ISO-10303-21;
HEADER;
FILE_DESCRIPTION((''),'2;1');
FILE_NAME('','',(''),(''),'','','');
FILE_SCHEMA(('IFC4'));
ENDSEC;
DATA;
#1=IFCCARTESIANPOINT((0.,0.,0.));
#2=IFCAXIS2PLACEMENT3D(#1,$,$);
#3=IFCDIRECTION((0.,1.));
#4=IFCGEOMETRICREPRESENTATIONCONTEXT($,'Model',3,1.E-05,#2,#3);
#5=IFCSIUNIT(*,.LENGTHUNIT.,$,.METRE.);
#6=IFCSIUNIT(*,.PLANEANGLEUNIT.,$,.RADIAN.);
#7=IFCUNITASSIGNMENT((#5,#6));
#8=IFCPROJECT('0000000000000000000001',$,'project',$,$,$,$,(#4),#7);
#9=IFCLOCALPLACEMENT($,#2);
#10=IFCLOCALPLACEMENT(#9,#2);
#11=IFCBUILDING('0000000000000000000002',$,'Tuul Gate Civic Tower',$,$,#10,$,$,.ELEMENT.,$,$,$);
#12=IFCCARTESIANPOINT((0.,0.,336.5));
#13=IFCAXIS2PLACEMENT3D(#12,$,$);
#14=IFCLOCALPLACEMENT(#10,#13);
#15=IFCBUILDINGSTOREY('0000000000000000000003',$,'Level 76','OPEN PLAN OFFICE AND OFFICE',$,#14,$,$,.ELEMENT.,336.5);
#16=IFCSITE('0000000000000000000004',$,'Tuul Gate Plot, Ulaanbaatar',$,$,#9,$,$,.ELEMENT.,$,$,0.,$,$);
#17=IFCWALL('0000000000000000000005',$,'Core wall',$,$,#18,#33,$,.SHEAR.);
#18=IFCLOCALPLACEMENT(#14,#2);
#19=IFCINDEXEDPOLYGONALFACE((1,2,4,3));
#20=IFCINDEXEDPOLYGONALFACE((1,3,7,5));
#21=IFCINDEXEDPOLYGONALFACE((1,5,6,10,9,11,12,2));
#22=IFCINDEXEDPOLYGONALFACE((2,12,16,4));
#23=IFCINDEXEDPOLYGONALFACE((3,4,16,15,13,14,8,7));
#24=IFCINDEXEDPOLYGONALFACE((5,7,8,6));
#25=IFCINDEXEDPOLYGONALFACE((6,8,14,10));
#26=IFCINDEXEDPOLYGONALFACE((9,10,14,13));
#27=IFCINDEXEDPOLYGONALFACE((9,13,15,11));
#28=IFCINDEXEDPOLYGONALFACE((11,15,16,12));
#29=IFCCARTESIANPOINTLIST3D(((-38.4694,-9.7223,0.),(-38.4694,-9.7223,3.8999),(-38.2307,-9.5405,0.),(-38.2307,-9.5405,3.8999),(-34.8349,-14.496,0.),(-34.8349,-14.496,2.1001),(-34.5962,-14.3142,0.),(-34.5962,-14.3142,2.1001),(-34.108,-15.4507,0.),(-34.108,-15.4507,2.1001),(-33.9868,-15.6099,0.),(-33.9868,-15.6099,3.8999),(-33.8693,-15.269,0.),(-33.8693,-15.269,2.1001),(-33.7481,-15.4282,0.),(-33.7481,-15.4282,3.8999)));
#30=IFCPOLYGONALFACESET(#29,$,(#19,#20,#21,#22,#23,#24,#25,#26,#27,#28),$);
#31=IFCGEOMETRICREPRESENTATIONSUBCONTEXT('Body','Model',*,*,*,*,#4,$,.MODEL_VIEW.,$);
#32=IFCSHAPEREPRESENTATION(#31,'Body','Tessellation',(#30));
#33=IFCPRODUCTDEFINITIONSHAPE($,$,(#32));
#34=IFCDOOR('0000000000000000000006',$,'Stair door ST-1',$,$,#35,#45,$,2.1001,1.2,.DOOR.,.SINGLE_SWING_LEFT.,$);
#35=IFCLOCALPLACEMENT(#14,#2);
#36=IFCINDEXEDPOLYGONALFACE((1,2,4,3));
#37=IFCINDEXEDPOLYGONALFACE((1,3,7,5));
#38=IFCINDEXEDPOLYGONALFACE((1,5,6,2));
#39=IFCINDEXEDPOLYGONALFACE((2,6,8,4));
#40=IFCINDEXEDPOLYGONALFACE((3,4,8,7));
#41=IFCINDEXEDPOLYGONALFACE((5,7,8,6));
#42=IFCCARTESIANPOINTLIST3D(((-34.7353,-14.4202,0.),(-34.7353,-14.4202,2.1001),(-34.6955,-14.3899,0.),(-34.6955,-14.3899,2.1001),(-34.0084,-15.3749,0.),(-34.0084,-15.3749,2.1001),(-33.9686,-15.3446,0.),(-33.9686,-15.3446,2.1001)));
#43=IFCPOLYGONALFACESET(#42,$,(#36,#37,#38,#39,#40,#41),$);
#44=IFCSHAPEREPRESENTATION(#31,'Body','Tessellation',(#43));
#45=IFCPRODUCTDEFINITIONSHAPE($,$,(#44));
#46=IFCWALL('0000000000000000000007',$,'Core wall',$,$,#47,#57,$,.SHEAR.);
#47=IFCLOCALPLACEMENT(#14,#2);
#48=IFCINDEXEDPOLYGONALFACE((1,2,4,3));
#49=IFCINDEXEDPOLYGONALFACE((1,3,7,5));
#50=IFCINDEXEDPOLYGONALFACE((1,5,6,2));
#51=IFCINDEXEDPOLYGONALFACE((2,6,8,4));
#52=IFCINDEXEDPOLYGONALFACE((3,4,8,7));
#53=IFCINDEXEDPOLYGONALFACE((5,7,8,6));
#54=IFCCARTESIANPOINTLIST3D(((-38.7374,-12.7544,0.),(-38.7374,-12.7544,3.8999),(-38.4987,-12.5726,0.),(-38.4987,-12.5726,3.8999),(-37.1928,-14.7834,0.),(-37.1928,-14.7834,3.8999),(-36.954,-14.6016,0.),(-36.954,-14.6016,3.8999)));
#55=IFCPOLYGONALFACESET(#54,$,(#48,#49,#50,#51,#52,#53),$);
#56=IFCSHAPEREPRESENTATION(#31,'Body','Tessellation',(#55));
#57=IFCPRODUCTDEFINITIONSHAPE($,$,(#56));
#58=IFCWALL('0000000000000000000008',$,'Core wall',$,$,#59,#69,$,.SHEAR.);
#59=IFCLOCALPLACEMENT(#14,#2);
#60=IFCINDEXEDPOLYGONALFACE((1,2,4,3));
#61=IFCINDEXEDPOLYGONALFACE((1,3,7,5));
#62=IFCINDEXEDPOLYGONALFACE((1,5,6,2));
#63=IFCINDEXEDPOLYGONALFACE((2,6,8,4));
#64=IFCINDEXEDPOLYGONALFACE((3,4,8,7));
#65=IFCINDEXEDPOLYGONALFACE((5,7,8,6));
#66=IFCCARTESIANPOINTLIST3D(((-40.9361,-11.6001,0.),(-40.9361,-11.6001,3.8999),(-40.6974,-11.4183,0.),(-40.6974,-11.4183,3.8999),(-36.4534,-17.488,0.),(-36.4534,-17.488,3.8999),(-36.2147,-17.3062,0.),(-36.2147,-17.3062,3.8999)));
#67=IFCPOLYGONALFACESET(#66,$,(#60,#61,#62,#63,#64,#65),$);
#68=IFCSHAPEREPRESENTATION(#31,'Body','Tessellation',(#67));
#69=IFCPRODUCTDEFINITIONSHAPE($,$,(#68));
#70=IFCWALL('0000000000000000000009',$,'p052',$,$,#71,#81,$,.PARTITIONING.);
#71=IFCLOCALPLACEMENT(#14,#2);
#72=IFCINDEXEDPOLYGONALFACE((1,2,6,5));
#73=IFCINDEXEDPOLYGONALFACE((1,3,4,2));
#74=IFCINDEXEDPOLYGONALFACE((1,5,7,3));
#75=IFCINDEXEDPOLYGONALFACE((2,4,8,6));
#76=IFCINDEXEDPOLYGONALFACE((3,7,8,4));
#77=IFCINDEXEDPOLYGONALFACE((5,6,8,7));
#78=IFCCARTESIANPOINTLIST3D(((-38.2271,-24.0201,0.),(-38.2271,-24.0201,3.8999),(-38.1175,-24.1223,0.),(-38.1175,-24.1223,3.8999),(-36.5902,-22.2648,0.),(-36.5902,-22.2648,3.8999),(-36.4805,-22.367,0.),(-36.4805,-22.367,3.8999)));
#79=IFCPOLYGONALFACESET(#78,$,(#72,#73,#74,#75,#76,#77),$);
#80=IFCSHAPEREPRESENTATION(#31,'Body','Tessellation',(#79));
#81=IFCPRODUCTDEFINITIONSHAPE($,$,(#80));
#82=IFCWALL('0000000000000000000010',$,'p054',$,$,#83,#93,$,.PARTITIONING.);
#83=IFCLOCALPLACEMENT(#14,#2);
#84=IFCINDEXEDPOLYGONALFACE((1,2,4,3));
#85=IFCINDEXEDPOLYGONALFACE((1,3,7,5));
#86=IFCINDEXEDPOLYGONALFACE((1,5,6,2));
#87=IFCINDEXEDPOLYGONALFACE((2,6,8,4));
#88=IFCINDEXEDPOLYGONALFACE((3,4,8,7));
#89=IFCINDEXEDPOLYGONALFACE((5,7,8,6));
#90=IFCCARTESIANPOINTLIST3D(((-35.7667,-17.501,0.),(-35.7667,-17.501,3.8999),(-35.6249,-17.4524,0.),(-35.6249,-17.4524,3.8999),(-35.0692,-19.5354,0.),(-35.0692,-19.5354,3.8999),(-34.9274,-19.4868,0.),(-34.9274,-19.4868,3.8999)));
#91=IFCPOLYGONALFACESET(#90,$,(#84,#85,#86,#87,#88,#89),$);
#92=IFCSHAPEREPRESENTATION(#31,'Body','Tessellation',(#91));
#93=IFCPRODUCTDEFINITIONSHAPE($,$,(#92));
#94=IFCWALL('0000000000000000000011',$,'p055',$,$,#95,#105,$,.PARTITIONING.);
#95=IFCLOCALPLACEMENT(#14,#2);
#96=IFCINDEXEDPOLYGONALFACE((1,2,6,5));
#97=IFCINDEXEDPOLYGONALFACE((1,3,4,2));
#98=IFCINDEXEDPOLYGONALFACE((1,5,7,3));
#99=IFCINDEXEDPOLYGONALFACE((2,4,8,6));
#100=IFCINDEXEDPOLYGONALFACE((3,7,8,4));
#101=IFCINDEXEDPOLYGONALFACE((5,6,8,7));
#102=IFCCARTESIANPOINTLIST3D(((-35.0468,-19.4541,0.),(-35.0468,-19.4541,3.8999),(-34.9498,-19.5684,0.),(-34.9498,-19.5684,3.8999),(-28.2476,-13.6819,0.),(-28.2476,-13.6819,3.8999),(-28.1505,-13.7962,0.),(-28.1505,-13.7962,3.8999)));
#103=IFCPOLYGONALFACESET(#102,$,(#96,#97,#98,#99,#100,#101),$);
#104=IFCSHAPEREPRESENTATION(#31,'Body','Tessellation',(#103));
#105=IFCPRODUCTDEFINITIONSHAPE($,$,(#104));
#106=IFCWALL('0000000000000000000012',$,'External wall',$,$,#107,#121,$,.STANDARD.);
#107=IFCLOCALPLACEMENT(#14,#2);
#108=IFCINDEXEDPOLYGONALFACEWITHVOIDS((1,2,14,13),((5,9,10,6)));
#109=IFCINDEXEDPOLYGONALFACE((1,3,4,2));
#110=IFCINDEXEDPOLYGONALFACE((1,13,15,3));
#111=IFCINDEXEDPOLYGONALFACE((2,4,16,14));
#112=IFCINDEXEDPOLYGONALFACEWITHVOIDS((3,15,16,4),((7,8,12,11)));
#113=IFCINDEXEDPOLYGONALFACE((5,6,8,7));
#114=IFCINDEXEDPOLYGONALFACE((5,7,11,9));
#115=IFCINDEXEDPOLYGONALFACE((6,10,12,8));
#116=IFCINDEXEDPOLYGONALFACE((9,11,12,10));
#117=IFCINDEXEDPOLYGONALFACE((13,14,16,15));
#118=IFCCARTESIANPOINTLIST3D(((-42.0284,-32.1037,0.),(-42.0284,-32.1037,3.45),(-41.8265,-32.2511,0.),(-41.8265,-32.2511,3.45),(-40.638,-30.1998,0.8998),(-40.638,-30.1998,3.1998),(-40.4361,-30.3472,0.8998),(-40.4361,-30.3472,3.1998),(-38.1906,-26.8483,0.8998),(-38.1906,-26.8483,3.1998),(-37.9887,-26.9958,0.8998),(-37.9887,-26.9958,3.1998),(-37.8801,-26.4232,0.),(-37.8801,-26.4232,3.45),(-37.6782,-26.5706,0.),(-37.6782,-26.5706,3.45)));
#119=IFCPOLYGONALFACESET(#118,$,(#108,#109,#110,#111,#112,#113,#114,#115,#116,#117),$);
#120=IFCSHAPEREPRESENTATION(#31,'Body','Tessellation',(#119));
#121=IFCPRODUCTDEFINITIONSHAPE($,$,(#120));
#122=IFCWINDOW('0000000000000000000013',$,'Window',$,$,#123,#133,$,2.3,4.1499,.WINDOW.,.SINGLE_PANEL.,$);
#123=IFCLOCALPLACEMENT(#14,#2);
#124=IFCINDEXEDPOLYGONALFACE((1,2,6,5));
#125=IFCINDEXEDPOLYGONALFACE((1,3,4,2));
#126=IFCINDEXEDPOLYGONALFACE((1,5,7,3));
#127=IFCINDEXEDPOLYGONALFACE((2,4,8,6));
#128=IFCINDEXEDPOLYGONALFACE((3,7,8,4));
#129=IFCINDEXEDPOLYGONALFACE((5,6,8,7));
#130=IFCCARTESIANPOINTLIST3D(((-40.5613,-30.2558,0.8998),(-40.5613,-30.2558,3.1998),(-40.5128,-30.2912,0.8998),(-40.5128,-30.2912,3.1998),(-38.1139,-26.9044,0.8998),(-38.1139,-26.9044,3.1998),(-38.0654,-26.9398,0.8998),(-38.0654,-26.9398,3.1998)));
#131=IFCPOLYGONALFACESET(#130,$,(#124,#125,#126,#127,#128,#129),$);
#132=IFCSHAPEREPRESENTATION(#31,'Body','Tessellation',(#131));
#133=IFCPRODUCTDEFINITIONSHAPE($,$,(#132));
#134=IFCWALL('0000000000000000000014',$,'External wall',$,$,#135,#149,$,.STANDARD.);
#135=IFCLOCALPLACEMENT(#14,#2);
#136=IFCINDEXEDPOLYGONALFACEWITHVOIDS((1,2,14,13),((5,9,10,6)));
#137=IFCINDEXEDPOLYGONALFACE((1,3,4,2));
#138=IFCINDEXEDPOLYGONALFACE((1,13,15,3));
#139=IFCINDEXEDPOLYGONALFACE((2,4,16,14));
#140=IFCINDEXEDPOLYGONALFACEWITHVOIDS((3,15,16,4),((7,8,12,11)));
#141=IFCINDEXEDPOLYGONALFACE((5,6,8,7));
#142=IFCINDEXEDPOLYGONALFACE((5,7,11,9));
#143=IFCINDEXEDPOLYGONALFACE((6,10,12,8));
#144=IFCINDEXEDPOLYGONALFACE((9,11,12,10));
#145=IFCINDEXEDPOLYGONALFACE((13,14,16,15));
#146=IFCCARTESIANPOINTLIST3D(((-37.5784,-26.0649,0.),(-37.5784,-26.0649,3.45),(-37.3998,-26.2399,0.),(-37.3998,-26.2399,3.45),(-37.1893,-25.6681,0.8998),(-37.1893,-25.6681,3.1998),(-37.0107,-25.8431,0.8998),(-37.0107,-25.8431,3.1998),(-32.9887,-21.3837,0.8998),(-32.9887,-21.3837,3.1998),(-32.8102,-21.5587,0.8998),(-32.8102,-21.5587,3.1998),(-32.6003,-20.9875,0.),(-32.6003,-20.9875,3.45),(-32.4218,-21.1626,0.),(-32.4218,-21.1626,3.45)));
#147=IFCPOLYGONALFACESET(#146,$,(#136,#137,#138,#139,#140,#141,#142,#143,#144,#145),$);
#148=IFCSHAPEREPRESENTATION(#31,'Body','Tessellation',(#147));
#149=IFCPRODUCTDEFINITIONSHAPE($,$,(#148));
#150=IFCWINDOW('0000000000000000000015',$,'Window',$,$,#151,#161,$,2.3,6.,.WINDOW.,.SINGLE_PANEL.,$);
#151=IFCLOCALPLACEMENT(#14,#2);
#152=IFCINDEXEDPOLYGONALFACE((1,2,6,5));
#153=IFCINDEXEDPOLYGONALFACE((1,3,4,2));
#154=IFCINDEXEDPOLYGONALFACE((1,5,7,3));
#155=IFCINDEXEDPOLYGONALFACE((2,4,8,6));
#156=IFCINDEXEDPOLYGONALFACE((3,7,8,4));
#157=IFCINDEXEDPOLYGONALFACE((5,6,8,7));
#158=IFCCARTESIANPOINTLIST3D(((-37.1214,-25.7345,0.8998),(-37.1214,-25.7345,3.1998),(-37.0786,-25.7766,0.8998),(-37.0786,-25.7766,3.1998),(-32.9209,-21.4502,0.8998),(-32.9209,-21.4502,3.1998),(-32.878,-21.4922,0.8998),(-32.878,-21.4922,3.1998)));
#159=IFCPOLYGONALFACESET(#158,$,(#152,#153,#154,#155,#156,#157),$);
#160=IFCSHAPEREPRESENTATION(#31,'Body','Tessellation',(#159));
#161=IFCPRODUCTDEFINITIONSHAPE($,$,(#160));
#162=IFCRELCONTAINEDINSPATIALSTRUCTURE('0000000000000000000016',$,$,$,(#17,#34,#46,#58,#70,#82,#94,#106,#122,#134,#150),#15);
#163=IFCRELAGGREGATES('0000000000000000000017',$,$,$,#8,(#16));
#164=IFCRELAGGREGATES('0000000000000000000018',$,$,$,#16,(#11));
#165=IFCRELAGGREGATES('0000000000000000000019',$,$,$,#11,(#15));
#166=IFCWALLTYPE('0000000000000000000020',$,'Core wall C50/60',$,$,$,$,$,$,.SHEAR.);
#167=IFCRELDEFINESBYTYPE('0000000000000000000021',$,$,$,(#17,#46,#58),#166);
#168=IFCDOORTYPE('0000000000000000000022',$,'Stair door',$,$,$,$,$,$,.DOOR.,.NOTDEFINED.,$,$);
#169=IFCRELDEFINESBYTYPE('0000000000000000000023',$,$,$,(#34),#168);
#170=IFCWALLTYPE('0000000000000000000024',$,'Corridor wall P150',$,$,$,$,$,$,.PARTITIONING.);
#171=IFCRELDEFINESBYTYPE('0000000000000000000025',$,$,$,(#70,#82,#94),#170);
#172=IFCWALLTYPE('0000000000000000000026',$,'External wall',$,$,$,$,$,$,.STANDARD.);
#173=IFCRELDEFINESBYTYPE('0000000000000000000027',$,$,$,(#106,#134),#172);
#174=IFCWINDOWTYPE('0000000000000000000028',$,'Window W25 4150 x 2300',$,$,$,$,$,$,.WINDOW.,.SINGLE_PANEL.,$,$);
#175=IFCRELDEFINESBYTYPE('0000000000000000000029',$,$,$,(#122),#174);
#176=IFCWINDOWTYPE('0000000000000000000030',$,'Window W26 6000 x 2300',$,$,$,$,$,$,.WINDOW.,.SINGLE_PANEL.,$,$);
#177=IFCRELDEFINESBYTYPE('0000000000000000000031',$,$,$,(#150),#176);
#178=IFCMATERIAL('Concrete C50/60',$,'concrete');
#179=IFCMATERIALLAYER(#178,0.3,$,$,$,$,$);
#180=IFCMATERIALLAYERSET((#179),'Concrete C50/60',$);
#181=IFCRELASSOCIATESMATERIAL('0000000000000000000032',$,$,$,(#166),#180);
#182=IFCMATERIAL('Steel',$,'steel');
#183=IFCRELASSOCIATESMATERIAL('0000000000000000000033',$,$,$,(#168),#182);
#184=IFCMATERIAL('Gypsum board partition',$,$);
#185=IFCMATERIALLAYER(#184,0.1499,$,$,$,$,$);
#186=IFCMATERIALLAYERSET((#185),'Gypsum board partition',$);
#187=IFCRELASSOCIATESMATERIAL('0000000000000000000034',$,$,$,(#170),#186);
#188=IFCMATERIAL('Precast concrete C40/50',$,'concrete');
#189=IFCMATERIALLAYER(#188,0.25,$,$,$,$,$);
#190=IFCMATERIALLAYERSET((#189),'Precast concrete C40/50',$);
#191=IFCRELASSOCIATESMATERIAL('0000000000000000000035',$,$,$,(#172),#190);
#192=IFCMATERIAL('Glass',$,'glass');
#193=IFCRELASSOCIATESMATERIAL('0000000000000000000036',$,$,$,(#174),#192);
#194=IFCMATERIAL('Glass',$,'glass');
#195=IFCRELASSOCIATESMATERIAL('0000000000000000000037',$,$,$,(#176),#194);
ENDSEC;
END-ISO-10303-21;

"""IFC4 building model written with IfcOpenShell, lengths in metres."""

from ifc_helpers import new_model, si_unit, direction, frame, frame_2d, origin, place, context, subcontext, project, spatial, rectangle, extrude, material, layer, layer_set, type_object, element, fill, save


model = new_model("IFC4")

# Units and contexts
model_context = context("Model", 3, precision=1e-05, world=origin(), true_north=direction((0.0, 1.0)))
body_context = subcontext(model_context, "Body", "Model", "MODEL_VIEW")
ifc_project = project(units=[si_unit("LENGTHUNIT", "METRE"), si_unit("PLANEANGLEUNIT", "RADIAN")], contexts=[model_context])

# Site, building, storey
site_placement = place(None, origin())
site = spatial("IfcSite", under=ifc_project, at=site_placement, Name="Tuul Gate Plot, Ulaanbaatar", CompositionType="ELEMENT", RefElevation=0.0)
building_placement = place(site_placement, origin())
building = spatial("IfcBuilding", under=site, at=building_placement, Name="Tuul Gate Civic Tower", CompositionType="ELEMENT")
storey_placement = place(building_placement, frame((0.0, 0.0, 336.5)))
storey = spatial("IfcBuildingStorey", under=building, at=storey_placement, Name="Level 76", Description="OPEN PLAN OFFICE AND OFFICE", CompositionType="ELEMENT", Elevation=336.5)

# Wall, opening, door
ifc_material_1 = material(Name="Concrete C50/60", Category="concrete")
ifc_layer_1 = layer(ifc_material_1, 0.3)
ifc_layer_set_1 = layer_set([ifc_layer_1], Name="Concrete C50/60")
wall_type_1 = type_object("IfcWallType", Name="Core wall C50/60", PredefinedType="SHEAR", material=ifc_layer_set_1)
wall_1_placement = place(storey_placement, frame((-33.8674, -15.519, 0.0), z_axis=(0.0, 0.0, 1.0), x_axis=(-0.60577, 0.79564, 0.0)))
wall_1 = element("IfcWall", 1, at=wall_1_placement, inside=storey, type_object=wall_type_1, Name="Core wall", PredefinedType="SHEAR", context=body_context, shape_type="SweptSolid", body=[
    extrude(rectangle(XDim=7.3999, YDim=0.3, at=frame_2d((3.7, 0.0))), origin(), (0.0, 0.0, 1.0), 3.8999),
])
opening_1_placement = place(wall_1_placement, frame((0.2, 0.0, 0.0)))
opening_1 = element("IfcOpeningElement", 2, at=opening_1_placement, cuts=wall_1, PredefinedType="OPENING", context=body_context, shape_type="SweptSolid", body=[
    extrude(rectangle(XDim=1.2, YDim=2.1001, at=frame_2d((0.6001, 1.05))), frame((0.0, 0.1602, 0.0), z_axis=(0.0, -1.0, 0.0), x_axis=(1.0, 0.0, 0.0)), (0.0, 0.0, 1.0), 0.3201),
])
ifc_material_2 = material(Name="Steel", Category="steel")
door_type = type_object("IfcDoorType", Name="Stair door", OperationType="NOTDEFINED", PredefinedType="DOOR", material=ifc_material_2)
door_placement = place(opening_1_placement, origin())
door = element("IfcDoor", 3, at=door_placement, inside=storey, type_object=door_type, Name="Stair door ST-1", OperationType="SINGLE_SWING_LEFT", OverallHeight=2.1001, OverallWidth=1.2, PredefinedType="DOOR", context=body_context, shape_type="SweptSolid", body=[
    extrude(rectangle(XDim=1.2, YDim=2.1001, at=frame_2d((0.6001, 1.05))), frame((0.0, 0.0249, 0.0), z_axis=(0.0, -1.0, 0.0), x_axis=(1.0, 0.0, 0.0)), (0.0, 0.0, 1.0), 0.05),
])
fill(opening_1, door)

# Walls
wall_2_placement = place(storey_placement, frame((-37.0735, -14.6924, 0.0), z_axis=(0.0, 0.0, 1.0), x_axis=(-0.605729, 0.795671, 0.0)))
element("IfcWall", 4, at=wall_2_placement, inside=storey, type_object=wall_type_1, Name="Core wall", PredefinedType="SHEAR", context=body_context, shape_type="SweptSolid", body=[
    extrude(rectangle(XDim=2.55, YDim=0.3, at=frame_2d((1.2749, 0.0))), origin(), (0.0, 0.0, 1.0), 3.8999),
])
wall_3_placement = place(storey_placement, frame((-36.334, -17.3972, 0.0), z_axis=(0.0, 0.0, 1.0), x_axis=(-0.605754, 0.795652, 0.0)))
element("IfcWall", 5, at=wall_3_placement, inside=storey, type_object=wall_type_1, Name="Core wall", PredefinedType="SHEAR", context=body_context, shape_type="SweptSolid", body=[
    extrude(rectangle(XDim=7.4001, YDim=0.3, at=frame_2d((3.7002, 0.0))), origin(), (0.0, 0.0, 1.0), 3.8999),
])
ifc_material_3 = material(Name="Gypsum board partition")
ifc_layer_2 = layer(ifc_material_3, 0.1499)
ifc_layer_set_2 = layer_set([ifc_layer_2], Name="Gypsum board partition")
wall_type_2 = type_object("IfcWallType", Name="Corridor wall P150", PredefinedType="PARTITIONING", material=ifc_layer_set_2)
wall_4_placement = place(storey_placement, frame((-38.1724, -24.0713, 0.0), z_axis=(0.0, 0.0, 1.0), x_axis=(0.68201, 0.731343, 0.0)))
element("IfcWall", 6, at=wall_4_placement, inside=storey, type_object=wall_type_2, Name="p052", PredefinedType="PARTITIONING", context=body_context, shape_type="SweptSolid", body=[
    extrude(rectangle(XDim=2.4001, YDim=0.1499, at=frame_2d((1.2002, 0.0))), origin(), (0.0, 0.0, 1.0), 3.8999),
])
wall_5_placement = place(storey_placement, frame((-35.6958, -17.4768, 0.0), z_axis=(0.0, 0.0, 1.0), x_axis=(0.324321, -0.945947, 0.0)))
element("IfcWall", 7, at=wall_5_placement, inside=storey, type_object=wall_type_2, Name="p054", PredefinedType="PARTITIONING", context=body_context, shape_type="SweptSolid", body=[
    extrude(rectangle(XDim=2.1506, YDim=0.1499, at=frame_2d((1.0752, 0.0))), origin(), (0.0, 0.0, 1.0), 3.8999),
])
wall_6_placement = place(storey_placement, frame((-34.9983, -19.5112, 0.0), z_axis=(0.0, 0.0, 1.0), x_axis=(0.762338, 0.64718, 0.0)))
element("IfcWall", 8, at=wall_6_placement, inside=storey, type_object=wall_type_2, Name="p055", PredefinedType="PARTITIONING", context=body_context, shape_type="SweptSolid", body=[
    extrude(rectangle(XDim=8.9189, YDim=0.1499, at=frame_2d((4.4595, 0.0))), origin(), (0.0, 0.0, 1.0), 3.8999),
])

# Walls, openings, windows
ifc_material_4 = material(Name="Precast concrete C40/50", Category="concrete")
ifc_layer_3 = layer(ifc_material_4, 0.25)
ifc_layer_set_3 = layer_set([ifc_layer_3], Name="Precast concrete C40/50")
wall_type_3 = type_object("IfcWallType", Name="External wall", PredefinedType="STANDARD", material=ifc_layer_set_3)
wall_7_placement = place(storey_placement, frame((-41.9275, -32.1775, 0.0), z_axis=(0.0, 0.0, 1.0), x_axis=(0.589749, 0.807586, 0.0)))
wall_7 = element("IfcWall", 9, at=wall_7_placement, inside=storey, type_object=wall_type_3, Name="External wall", PredefinedType="STANDARD", context=body_context, shape_type="SweptSolid", body=[
    extrude(rectangle(XDim=7.0339, YDim=0.25, at=frame_2d((3.5171, 0.0))), origin(), (0.0, 0.0, 1.0), 3.45),
])
opening_2_placement = place(wall_7_placement, frame((2.3577, 0.0, 0.8999)))
opening_2 = element("IfcOpeningElement", 10, at=opening_2_placement, cuts=wall_7, PredefinedType="OPENING", context=body_context, shape_type="SweptSolid", body=[
    extrude(rectangle(XDim=4.1499, YDim=2.3, at=frame_2d((2.075, 1.1499))), frame((0.0, 0.135, 0.0), z_axis=(0.0, -1.0, 0.0), x_axis=(1.0, 0.0, 0.0)), (0.0, 0.0, 1.0), 0.27),
])
ifc_material_5 = material(Name="Glass", Category="glass")
window_type_1 = type_object("IfcWindowType", Name="Window W25 4150 x 2300", PartitioningType="SINGLE_PANEL", PredefinedType="WINDOW", material=ifc_material_5)
window_1_placement = place(opening_2_placement, origin())
window_1 = element("IfcWindow", 11, at=window_1_placement, inside=storey, type_object=window_type_1, Name="Window", OverallHeight=2.3, OverallWidth=4.1499, PartitioningType="SINGLE_PANEL", PredefinedType="WINDOW", context=body_context, shape_type="SweptSolid", body=[
    extrude(rectangle(XDim=4.1499, YDim=2.3, at=frame_2d((2.075, 1.1499))), frame((0.0, 0.03, 0.0), z_axis=(0.0, -1.0, 0.0), x_axis=(1.0, 0.0, 0.0)), (0.0, 0.0, 1.0), 0.0601),
])
fill(opening_2, window_1)
wall_8_placement = place(storey_placement, frame((-37.489, -26.1523, 0.0), z_axis=(0.0, 0.0, 1.0), x_axis=(0.700085, 0.714059, 0.0)))
wall_8 = element("IfcWall", 12, at=wall_8_placement, inside=storey, type_object=wall_type_3, Name="External wall", PredefinedType="STANDARD", context=body_context, shape_type="SweptSolid", body=[
    extrude(rectangle(XDim=7.1106, YDim=0.25, at=frame_2d((3.5552, 0.0))), origin(), (0.0, 0.0, 1.0), 3.45),
])
opening_3_placement = place(wall_8_placement, frame((0.5557, 0.0, 0.8999)))
opening_3 = element("IfcOpeningElement", 13, at=opening_3_placement, cuts=wall_8, PredefinedType="OPENING", context=body_context, shape_type="SweptSolid", body=[
    extrude(rectangle(XDim=6.0, YDim=2.3, at=frame_2d((3.0, 1.1499))), frame((0.0, 0.135, 0.0), z_axis=(0.0, -1.0, 0.0), x_axis=(1.0, 0.0, 0.0)), (0.0, 0.0, 1.0), 0.27),
])
ifc_material_6 = material(Name="Glass", Category="glass")
window_type_2 = type_object("IfcWindowType", Name="Window W26 6000 x 2300", PartitioningType="SINGLE_PANEL", PredefinedType="WINDOW", material=ifc_material_6)
window_2_placement = place(opening_3_placement, origin())
window_2 = element("IfcWindow", 14, at=window_2_placement, inside=storey, type_object=window_type_2, Name="Window", OverallHeight=2.3, OverallWidth=6.0, PartitioningType="SINGLE_PANEL", PredefinedType="WINDOW", context=body_context, shape_type="SweptSolid", body=[
    extrude(rectangle(XDim=6.0, YDim=2.3, at=frame_2d((3.0, 1.1499))), frame((0.0, 0.03, 0.0), z_axis=(0.0, -1.0, 0.0), x_axis=(1.0, 0.0, 0.0)), (0.0, 0.0, 1.0), 0.0601),
])
fill(opening_3, window_2)

save(model, "model.ifc")
